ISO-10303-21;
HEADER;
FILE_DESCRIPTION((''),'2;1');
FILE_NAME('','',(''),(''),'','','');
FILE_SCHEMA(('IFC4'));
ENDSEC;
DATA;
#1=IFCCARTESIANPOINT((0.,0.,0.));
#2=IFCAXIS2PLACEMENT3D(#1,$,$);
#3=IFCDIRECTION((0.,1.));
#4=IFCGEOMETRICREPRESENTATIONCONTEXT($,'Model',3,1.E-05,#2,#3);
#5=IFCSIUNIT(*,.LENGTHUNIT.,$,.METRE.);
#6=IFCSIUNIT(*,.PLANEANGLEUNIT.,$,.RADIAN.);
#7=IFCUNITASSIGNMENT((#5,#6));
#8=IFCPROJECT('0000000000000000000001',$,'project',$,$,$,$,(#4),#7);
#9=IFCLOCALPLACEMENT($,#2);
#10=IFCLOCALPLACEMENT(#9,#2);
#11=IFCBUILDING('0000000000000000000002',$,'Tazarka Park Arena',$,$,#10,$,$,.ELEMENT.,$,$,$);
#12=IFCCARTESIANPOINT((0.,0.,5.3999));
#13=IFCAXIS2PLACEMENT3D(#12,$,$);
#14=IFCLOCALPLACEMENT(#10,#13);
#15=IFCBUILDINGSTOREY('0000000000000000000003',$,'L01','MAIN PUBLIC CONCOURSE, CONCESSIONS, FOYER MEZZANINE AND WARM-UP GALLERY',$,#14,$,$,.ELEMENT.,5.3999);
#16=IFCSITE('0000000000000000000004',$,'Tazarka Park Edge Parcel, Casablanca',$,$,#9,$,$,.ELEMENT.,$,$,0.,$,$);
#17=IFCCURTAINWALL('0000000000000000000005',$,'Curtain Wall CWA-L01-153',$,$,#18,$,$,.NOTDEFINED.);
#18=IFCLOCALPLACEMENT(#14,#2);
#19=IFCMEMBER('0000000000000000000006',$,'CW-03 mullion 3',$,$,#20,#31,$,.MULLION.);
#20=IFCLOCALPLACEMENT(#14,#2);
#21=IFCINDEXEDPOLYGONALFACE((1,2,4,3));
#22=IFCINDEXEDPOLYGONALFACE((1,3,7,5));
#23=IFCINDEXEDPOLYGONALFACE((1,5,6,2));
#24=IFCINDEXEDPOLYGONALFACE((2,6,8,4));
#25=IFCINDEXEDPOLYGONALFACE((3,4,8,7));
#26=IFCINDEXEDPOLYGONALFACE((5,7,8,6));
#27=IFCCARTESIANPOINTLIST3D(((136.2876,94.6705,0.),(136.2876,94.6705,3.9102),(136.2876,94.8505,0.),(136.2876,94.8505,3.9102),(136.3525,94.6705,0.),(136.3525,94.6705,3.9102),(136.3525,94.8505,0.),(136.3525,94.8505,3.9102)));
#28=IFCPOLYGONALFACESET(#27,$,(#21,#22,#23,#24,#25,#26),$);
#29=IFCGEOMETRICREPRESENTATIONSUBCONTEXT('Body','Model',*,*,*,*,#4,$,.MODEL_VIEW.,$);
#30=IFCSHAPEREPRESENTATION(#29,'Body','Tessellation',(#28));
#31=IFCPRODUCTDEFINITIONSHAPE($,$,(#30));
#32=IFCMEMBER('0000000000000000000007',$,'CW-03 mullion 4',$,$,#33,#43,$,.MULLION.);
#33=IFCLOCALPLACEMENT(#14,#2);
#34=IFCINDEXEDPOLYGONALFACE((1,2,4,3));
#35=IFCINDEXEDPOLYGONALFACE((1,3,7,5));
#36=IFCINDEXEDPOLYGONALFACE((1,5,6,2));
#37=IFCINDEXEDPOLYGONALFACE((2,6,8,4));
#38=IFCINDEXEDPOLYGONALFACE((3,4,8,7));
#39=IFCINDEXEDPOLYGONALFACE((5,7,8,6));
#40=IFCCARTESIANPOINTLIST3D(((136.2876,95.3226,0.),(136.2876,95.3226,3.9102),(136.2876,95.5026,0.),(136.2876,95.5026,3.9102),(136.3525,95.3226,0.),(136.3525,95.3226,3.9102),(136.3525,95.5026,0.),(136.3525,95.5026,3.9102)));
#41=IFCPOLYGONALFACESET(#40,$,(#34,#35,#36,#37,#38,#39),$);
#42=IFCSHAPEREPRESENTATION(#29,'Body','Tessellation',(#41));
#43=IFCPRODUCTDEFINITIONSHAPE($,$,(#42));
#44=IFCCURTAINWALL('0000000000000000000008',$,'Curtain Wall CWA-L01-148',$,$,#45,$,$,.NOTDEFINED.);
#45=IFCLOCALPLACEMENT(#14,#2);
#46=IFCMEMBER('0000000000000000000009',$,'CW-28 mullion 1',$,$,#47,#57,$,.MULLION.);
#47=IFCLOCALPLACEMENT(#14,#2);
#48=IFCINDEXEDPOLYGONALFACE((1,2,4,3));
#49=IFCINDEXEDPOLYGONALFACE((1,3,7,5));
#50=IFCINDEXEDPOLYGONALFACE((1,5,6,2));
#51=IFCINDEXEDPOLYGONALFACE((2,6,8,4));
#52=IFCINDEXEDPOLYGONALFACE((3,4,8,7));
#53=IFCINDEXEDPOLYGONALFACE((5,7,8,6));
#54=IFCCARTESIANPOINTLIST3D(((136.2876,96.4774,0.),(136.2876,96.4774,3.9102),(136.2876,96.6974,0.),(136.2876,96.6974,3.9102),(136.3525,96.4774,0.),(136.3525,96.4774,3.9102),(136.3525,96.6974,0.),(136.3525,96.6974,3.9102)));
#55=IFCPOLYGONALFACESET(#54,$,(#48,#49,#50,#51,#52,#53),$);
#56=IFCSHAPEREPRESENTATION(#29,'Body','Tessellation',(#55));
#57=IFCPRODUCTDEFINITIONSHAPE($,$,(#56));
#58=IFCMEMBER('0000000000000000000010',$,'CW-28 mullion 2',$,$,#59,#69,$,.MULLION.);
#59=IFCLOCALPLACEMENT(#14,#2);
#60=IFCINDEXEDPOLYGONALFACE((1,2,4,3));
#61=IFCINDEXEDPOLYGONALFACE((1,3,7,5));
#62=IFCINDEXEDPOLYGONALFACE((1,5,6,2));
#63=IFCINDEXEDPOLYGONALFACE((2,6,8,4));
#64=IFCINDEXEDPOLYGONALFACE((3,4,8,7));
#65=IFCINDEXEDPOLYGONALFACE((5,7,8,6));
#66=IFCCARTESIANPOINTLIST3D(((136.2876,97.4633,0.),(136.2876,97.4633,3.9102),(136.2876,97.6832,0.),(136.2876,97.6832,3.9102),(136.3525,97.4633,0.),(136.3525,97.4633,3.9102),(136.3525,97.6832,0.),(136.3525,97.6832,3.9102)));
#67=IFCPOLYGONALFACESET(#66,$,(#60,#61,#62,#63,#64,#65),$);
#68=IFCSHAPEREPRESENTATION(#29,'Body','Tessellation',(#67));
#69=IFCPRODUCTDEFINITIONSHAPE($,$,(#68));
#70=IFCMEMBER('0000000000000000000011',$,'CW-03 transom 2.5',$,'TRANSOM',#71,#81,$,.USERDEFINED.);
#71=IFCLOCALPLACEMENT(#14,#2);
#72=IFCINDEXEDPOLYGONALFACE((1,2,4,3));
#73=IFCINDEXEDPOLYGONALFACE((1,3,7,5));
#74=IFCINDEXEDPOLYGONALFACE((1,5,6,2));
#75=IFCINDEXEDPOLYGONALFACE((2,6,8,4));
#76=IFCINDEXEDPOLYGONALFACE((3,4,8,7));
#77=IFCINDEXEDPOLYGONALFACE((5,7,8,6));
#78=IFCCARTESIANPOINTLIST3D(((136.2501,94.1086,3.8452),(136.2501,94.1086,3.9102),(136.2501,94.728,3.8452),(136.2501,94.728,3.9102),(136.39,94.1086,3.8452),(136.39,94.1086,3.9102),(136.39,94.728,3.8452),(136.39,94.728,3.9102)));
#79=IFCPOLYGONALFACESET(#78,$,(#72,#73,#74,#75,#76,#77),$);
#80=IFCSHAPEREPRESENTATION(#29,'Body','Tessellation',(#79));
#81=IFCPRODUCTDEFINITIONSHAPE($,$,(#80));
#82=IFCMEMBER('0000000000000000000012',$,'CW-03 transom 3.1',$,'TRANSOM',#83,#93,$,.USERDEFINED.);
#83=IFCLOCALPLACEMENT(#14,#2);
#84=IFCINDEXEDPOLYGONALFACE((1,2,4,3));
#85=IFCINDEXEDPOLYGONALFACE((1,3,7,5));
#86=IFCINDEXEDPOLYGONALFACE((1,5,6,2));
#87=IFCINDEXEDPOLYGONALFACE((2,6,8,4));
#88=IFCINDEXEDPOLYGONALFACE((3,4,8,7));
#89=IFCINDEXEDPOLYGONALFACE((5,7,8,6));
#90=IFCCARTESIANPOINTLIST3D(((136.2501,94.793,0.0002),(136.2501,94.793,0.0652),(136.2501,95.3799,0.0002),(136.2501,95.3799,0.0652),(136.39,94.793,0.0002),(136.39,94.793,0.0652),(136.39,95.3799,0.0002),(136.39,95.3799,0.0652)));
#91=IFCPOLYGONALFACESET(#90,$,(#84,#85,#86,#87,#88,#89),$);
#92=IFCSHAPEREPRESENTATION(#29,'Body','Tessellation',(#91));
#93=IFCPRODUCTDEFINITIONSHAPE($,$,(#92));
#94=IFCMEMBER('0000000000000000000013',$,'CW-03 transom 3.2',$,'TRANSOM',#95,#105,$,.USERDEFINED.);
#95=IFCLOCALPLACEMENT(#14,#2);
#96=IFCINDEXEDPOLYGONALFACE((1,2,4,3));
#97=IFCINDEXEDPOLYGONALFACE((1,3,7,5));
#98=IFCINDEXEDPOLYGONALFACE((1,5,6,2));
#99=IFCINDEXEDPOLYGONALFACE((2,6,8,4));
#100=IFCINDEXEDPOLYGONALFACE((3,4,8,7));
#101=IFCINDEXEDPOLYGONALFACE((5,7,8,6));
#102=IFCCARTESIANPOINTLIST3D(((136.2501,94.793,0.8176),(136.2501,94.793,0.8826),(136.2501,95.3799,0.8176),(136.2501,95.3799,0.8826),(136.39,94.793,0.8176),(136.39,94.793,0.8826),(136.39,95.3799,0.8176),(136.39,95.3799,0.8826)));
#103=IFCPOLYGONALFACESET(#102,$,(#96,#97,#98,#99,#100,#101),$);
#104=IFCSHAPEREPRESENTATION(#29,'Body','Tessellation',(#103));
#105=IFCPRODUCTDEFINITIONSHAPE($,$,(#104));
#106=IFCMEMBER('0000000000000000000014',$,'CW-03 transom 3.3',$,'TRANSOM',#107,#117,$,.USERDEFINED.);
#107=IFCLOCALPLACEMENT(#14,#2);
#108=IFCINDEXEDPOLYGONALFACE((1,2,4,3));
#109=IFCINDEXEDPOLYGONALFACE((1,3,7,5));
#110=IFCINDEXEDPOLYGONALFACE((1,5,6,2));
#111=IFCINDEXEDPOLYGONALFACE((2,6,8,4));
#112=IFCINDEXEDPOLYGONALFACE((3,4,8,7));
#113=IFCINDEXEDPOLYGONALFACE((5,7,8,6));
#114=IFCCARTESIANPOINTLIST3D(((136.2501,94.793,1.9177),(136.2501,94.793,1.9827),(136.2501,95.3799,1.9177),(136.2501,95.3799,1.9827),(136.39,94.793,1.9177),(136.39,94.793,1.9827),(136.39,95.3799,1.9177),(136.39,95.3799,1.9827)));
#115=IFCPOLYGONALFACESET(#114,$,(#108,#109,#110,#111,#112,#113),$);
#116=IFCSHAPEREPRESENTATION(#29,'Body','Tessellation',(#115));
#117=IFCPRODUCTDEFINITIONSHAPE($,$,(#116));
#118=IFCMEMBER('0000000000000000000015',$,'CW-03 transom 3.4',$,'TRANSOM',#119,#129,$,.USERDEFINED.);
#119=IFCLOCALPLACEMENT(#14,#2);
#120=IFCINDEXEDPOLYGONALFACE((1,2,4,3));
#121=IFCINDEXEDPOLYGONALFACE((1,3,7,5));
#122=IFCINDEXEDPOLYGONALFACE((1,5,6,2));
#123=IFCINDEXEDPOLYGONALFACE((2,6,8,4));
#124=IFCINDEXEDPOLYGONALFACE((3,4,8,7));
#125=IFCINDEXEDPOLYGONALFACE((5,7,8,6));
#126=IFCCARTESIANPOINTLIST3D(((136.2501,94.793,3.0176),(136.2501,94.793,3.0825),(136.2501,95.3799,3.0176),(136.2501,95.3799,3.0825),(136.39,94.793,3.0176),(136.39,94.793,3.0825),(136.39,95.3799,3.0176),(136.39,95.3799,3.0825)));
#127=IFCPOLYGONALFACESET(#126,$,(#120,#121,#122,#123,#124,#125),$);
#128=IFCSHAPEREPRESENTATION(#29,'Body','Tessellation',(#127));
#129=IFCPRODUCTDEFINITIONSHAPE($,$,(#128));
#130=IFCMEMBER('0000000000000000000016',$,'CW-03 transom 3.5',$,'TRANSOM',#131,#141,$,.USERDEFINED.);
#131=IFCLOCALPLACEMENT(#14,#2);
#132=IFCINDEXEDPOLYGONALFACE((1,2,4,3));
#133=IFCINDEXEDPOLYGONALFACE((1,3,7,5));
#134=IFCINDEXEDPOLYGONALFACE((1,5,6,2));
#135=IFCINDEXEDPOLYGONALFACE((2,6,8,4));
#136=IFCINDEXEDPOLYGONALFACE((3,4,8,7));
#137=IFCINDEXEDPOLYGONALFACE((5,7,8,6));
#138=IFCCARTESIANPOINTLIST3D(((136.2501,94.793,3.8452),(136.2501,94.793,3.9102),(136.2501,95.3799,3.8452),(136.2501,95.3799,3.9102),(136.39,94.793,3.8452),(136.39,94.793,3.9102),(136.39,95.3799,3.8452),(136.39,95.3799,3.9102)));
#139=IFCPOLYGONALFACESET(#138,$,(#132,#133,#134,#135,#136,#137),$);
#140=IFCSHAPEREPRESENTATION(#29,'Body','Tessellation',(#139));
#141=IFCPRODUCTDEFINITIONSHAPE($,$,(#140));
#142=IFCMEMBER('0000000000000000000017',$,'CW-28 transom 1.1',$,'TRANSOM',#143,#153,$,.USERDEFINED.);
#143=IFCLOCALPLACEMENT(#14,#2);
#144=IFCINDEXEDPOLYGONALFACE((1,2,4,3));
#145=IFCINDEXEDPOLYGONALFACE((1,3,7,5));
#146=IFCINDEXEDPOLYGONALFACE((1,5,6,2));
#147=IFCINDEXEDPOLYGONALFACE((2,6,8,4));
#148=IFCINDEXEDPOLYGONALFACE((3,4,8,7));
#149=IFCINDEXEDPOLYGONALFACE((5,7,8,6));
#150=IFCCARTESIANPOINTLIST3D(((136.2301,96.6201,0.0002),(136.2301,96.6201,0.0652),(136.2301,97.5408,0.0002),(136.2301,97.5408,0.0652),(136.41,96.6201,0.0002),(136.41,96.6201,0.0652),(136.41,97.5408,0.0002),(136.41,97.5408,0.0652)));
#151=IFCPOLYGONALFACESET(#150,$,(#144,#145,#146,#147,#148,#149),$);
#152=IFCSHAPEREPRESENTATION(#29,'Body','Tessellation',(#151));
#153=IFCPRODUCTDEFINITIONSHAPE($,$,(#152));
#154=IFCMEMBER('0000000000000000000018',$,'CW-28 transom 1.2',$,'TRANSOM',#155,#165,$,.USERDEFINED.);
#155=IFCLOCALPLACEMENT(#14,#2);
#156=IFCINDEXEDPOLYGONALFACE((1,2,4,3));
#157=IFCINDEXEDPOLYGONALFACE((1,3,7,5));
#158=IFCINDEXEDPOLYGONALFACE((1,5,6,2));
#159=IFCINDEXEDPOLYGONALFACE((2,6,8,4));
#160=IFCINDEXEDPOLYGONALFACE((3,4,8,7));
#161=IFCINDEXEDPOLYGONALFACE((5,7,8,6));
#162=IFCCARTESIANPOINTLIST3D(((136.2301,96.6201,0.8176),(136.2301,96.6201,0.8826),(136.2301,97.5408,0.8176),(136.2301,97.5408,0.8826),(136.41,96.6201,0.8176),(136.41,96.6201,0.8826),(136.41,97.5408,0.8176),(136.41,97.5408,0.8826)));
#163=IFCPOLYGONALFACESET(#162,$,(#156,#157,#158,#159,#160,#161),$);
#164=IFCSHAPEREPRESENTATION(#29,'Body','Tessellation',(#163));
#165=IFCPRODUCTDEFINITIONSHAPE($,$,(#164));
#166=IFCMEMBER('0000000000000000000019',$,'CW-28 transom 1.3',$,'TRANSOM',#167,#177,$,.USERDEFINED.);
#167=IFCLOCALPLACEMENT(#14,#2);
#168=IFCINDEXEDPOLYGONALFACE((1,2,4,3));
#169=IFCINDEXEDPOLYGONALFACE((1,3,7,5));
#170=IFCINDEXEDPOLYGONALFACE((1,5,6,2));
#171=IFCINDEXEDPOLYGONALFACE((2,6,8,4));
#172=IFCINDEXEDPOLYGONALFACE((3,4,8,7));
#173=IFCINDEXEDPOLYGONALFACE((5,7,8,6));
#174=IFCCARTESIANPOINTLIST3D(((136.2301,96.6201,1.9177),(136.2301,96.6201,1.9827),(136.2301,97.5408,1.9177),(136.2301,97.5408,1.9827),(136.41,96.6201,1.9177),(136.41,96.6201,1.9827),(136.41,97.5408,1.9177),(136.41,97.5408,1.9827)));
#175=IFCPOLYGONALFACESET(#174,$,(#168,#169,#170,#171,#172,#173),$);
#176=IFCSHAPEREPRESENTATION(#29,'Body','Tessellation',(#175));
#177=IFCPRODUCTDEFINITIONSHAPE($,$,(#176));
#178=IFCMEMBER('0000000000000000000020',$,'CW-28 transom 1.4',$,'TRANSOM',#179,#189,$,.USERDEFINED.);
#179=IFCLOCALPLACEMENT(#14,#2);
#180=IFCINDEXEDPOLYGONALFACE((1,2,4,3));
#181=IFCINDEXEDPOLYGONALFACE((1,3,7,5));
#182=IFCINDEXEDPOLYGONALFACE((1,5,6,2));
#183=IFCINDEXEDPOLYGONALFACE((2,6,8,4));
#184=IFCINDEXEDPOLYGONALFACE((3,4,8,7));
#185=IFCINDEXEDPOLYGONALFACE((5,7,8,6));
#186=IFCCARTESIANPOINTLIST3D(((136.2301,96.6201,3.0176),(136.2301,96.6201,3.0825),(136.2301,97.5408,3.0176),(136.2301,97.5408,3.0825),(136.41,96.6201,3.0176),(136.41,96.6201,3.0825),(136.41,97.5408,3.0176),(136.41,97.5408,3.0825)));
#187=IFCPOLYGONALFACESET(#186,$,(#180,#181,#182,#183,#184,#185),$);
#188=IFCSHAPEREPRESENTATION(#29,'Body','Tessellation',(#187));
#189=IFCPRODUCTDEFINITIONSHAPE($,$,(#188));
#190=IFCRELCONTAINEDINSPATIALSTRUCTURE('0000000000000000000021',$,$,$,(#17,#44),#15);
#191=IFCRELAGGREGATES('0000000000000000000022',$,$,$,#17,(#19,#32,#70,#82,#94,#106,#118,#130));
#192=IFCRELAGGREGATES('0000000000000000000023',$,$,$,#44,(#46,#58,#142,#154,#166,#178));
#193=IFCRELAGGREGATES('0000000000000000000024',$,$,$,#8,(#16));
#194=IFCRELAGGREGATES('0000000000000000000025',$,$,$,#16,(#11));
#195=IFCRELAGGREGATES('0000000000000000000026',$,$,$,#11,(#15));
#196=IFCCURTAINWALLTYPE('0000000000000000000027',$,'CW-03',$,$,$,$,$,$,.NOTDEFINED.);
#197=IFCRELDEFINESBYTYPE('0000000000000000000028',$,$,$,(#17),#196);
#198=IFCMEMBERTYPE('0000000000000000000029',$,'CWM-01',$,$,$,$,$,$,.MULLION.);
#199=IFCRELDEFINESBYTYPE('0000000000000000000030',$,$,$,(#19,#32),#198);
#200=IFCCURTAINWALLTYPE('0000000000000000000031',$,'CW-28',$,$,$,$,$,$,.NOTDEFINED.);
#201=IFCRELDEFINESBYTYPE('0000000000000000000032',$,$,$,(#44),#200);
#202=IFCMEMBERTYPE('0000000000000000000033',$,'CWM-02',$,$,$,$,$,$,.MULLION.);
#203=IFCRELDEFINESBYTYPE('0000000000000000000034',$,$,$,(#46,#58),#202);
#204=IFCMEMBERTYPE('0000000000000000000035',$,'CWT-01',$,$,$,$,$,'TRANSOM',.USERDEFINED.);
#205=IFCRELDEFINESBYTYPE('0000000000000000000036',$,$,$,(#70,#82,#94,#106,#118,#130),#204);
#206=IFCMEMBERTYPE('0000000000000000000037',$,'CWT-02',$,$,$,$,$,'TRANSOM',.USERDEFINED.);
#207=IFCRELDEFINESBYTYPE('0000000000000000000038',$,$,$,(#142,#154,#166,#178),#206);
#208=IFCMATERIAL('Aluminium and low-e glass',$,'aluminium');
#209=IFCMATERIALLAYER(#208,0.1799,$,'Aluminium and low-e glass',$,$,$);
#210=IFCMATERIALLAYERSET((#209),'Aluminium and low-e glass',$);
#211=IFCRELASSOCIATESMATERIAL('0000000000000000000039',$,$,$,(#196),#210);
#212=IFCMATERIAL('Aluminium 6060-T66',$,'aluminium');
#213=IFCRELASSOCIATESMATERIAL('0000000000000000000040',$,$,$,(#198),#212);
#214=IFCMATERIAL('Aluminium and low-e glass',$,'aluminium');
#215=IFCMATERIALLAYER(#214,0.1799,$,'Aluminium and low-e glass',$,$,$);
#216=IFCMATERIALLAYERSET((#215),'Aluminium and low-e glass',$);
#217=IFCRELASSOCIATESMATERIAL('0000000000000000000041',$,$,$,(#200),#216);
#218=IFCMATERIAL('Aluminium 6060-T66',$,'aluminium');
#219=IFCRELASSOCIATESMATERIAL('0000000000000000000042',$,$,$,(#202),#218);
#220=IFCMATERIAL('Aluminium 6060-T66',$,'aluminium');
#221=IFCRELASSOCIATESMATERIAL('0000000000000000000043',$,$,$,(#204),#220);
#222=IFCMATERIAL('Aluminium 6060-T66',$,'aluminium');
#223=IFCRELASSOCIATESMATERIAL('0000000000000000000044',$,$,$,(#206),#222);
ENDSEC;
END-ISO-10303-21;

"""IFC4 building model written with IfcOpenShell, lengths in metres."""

from ifc_helpers import new_model, si_unit, direction, frame, origin, origin_2d, place, context, subcontext, project, spatial, rectangle, extrude, material, layer, layer_set, material_profile, profile_set, type_object, element, aggregate, save


model = new_model("IFC4")

# Units and contexts
model_context = context("Model", 3, precision=1e-05, world=origin(), true_north=direction((0.0, 1.0)))
body_context = subcontext(model_context, "Body", "Model", "MODEL_VIEW")
ifc_project = project(units=[si_unit("LENGTHUNIT", "METRE"), si_unit("PLANEANGLEUNIT", "RADIAN")], contexts=[model_context])

# Site, building, storey
site_placement = place(None, origin())
site = spatial("IfcSite", under=ifc_project, at=site_placement, Name="Tazarka Park Edge Parcel, Casablanca", CompositionType="ELEMENT", RefElevation=0.0)
building_placement = place(site_placement, origin())
building = spatial("IfcBuilding", under=site, at=building_placement, Name="Tazarka Park Arena", CompositionType="ELEMENT")
storey_placement = place(building_placement, frame((0.0, 0.0, 5.3999)))
storey = spatial("IfcBuildingStorey", under=building, at=storey_placement, Name="L01", Description="MAIN PUBLIC CONCOURSE, CONCESSIONS, FOYER MEZZANINE AND WARM-UP GALLERY", CompositionType="ELEMENT", Elevation=5.3999)

# Curtain walls, members
ifc_material_1 = material(Name="Aluminium and low-e glass", Category="aluminium")
ifc_layer_1 = layer(ifc_material_1, 0.1799, Name="Aluminium and low-e glass")
ifc_layer_set_1 = layer_set([ifc_layer_1], Name="Aluminium and low-e glass")
curtain_wall_type_1 = type_object("IfcCurtainWallType", Name="CW-03", PredefinedType="NOTDEFINED", material=ifc_layer_set_1)
curtain_wall_1_placement = place(storey_placement, origin())
curtain_wall_1 = element("IfcCurtainWall", 1, at=curtain_wall_1_placement, inside=storey, type_object=curtain_wall_type_1, Name="Curtain Wall CWA-L01-153", PredefinedType="NOTDEFINED")
ifc_material_2 = material(Name="Aluminium 6060-T66", Category="aluminium")
ifc_material_profile_1 = material_profile(ifc_material_2, rectangle(XDim=0.0649, YDim=0.1799, at=origin_2d()), Name="Aluminium 6060-T66")
ifc_profile_set_1 = profile_set([ifc_material_profile_1], Name="Aluminium 6060-T66")
member_type_1 = type_object("IfcMemberType", Name="CWM-01", PredefinedType="MULLION", material=ifc_profile_set_1)
member_1_placement = place(storey_placement, frame((136.3201, 94.7605, 0.0), z_axis=(0.0, 0.0, 1.0), x_axis=(-1.0, 0.0, 0.0)))
member_1 = element("IfcMember", 2, at=member_1_placement, type_object=member_type_1, Name="CW-03 mullion 3", PredefinedType="MULLION", context=body_context, shape_type="SweptSolid", body=[
    extrude(rectangle(XDim=0.0649, YDim=0.1799, at=origin_2d()), origin(), (0.0, 0.0, 1.0), 3.9102),
])
member_2_placement = place(storey_placement, frame((136.3201, 95.4126, 0.0), z_axis=(0.0, 0.0, 1.0), x_axis=(-1.0, 0.0, 0.0)))
member_2 = element("IfcMember", 3, at=member_2_placement, type_object=member_type_1, Name="CW-03 mullion 4", PredefinedType="MULLION", context=body_context, shape_type="SweptSolid", body=[
    extrude(rectangle(XDim=0.0649, YDim=0.1799, at=origin_2d()), origin(), (0.0, 0.0, 1.0), 3.9102),
])
ifc_material_3 = material(Name="Aluminium and low-e glass", Category="aluminium")
ifc_layer_2 = layer(ifc_material_3, 0.1799, Name="Aluminium and low-e glass")
ifc_layer_set_2 = layer_set([ifc_layer_2], Name="Aluminium and low-e glass")
curtain_wall_type_2 = type_object("IfcCurtainWallType", Name="CW-28", PredefinedType="NOTDEFINED", material=ifc_layer_set_2)
curtain_wall_2_placement = place(storey_placement, origin())
curtain_wall_2 = element("IfcCurtainWall", 4, at=curtain_wall_2_placement, inside=storey, type_object=curtain_wall_type_2, Name="Curtain Wall CWA-L01-148", PredefinedType="NOTDEFINED")
ifc_material_4 = material(Name="Aluminium 6060-T66", Category="aluminium")
ifc_material_profile_2 = material_profile(ifc_material_4, rectangle(XDim=0.0649, YDim=0.22, at=origin_2d()), Name="Aluminium 6060-T66")
ifc_profile_set_2 = profile_set([ifc_material_profile_2], Name="Aluminium 6060-T66")
member_type_2 = type_object("IfcMemberType", Name="CWM-02", PredefinedType="MULLION", material=ifc_profile_set_2)
member_3_placement = place(storey_placement, frame((136.3201, 96.5874, 0.0), z_axis=(0.0, 0.0, 1.0), x_axis=(-1.0, 0.0, 0.0)))
member_3 = element("IfcMember", 5, at=member_3_placement, type_object=member_type_2, Name="CW-28 mullion 1", PredefinedType="MULLION", context=body_context, shape_type="SweptSolid", body=[
    extrude(rectangle(XDim=0.0649, YDim=0.22, at=origin_2d()), origin(), (0.0, 0.0, 1.0), 3.9102),
])
member_4_placement = place(storey_placement, frame((136.3201, 97.5732, 0.0), z_axis=(0.0, 0.0, 1.0), x_axis=(-1.0, 0.0, 0.0)))
member_4 = element("IfcMember", 6, at=member_4_placement, type_object=member_type_2, Name="CW-28 mullion 2", PredefinedType="MULLION", context=body_context, shape_type="SweptSolid", body=[
    extrude(rectangle(XDim=0.0649, YDim=0.22, at=origin_2d()), origin(), (0.0, 0.0, 1.0), 3.9102),
])

# Members
ifc_material_5 = material(Name="Aluminium 6060-T66", Category="aluminium")
ifc_material_profile_3 = material_profile(ifc_material_5, rectangle(XDim=0.1399, YDim=0.0649, at=origin_2d()), Name="Aluminium 6060-T66")
ifc_profile_set_3 = profile_set([ifc_material_profile_3], Name="Aluminium 6060-T66")
member_type_3 = type_object("IfcMemberType", Name="CWT-01", ElementType="TRANSOM", PredefinedType="USERDEFINED", material=ifc_profile_set_3)
member_5_placement = place(storey_placement, frame((136.3201, 94.1086, 3.8777), z_axis=(0.0, 1.0, 0.0), x_axis=(-1.0, 0.0, 0.0)))
member_5 = element("IfcMember", 7, at=member_5_placement, type_object=member_type_3, Name="CW-03 transom 2.5", ObjectType="TRANSOM", PredefinedType="USERDEFINED", context=body_context, shape_type="SweptSolid", body=[
    extrude(rectangle(XDim=0.1399, YDim=0.0649, at=origin_2d()), origin(), (0.0, 0.0, 1.0), 0.6194),
])
member_6_placement = place(storey_placement, frame((136.3201, 94.793, 0.0327), z_axis=(0.0, 1.0, 0.0), x_axis=(-1.0, 0.0, 0.0)))
member_6 = element("IfcMember", 8, at=member_6_placement, type_object=member_type_3, Name="CW-03 transom 3.1", ObjectType="TRANSOM", PredefinedType="USERDEFINED", context=body_context, shape_type="SweptSolid", body=[
    extrude(rectangle(XDim=0.1399, YDim=0.0649, at=origin_2d()), origin(), (0.0, 0.0, 1.0), 0.5869),
])
member_7_placement = place(storey_placement, frame((136.3201, 94.793, 0.8501), z_axis=(0.0, 1.0, 0.0), x_axis=(-1.0, 0.0, 0.0)))
member_7 = element("IfcMember", 9, at=member_7_placement, type_object=member_type_3, Name="CW-03 transom 3.2", ObjectType="TRANSOM", PredefinedType="USERDEFINED", context=body_context, shape_type="SweptSolid", body=[
    extrude(rectangle(XDim=0.1399, YDim=0.0649, at=origin_2d()), origin(), (0.0, 0.0, 1.0), 0.5869),
])
member_8_placement = place(storey_placement, frame((136.3201, 94.793, 1.9502), z_axis=(0.0, 1.0, 0.0), x_axis=(-1.0, 0.0, 0.0)))
member_8 = element("IfcMember", 10, at=member_8_placement, type_object=member_type_3, Name="CW-03 transom 3.3", ObjectType="TRANSOM", PredefinedType="USERDEFINED", context=body_context, shape_type="SweptSolid", body=[
    extrude(rectangle(XDim=0.1399, YDim=0.0649, at=origin_2d()), origin(), (0.0, 0.0, 1.0), 0.5869),
])
member_9_placement = place(storey_placement, frame((136.3201, 94.793, 3.05), z_axis=(0.0, 1.0, 0.0), x_axis=(-1.0, 0.0, 0.0)))
member_9 = element("IfcMember", 11, at=member_9_placement, type_object=member_type_3, Name="CW-03 transom 3.4", ObjectType="TRANSOM", PredefinedType="USERDEFINED", context=body_context, shape_type="SweptSolid", body=[
    extrude(rectangle(XDim=0.1399, YDim=0.0649, at=origin_2d()), origin(), (0.0, 0.0, 1.0), 0.5869),
])
member_10_placement = place(storey_placement, frame((136.3201, 94.793, 3.8777), z_axis=(0.0, 1.0, 0.0), x_axis=(-1.0, 0.0, 0.0)))
member_10 = element("IfcMember", 12, at=member_10_placement, type_object=member_type_3, Name="CW-03 transom 3.5", ObjectType="TRANSOM", PredefinedType="USERDEFINED", context=body_context, shape_type="SweptSolid", body=[
    extrude(rectangle(XDim=0.1399, YDim=0.0649, at=origin_2d()), origin(), (0.0, 0.0, 1.0), 0.5869),
])
ifc_material_6 = material(Name="Aluminium 6060-T66", Category="aluminium")
ifc_material_profile_4 = material_profile(ifc_material_6, rectangle(XDim=0.1799, YDim=0.0649, at=origin_2d()), Name="Aluminium 6060-T66")
ifc_profile_set_4 = profile_set([ifc_material_profile_4], Name="Aluminium 6060-T66")
member_type_4 = type_object("IfcMemberType", Name="CWT-02", ElementType="TRANSOM", PredefinedType="USERDEFINED", material=ifc_profile_set_4)
member_11_placement = place(storey_placement, frame((136.3201, 96.6201, 0.0327), z_axis=(0.0, 1.0, 0.0), x_axis=(-1.0, 0.0, 0.0)))
member_11 = element("IfcMember", 13, at=member_11_placement, type_object=member_type_4, Name="CW-28 transom 1.1", ObjectType="TRANSOM", PredefinedType="USERDEFINED", context=body_context, shape_type="SweptSolid", body=[
    extrude(rectangle(XDim=0.1799, YDim=0.0649, at=origin_2d()), origin(), (0.0, 0.0, 1.0), 0.9207),
])
member_12_placement = place(storey_placement, frame((136.3201, 96.6201, 0.8501), z_axis=(0.0, 1.0, 0.0), x_axis=(-1.0, 0.0, 0.0)))
member_12 = element("IfcMember", 14, at=member_12_placement, type_object=member_type_4, Name="CW-28 transom 1.2", ObjectType="TRANSOM", PredefinedType="USERDEFINED", context=body_context, shape_type="SweptSolid", body=[
    extrude(rectangle(XDim=0.1799, YDim=0.0649, at=origin_2d()), origin(), (0.0, 0.0, 1.0), 0.9207),
])
member_13_placement = place(storey_placement, frame((136.3201, 96.6201, 1.9502), z_axis=(0.0, 1.0, 0.0), x_axis=(-1.0, 0.0, 0.0)))
member_13 = element("IfcMember", 15, at=member_13_placement, type_object=member_type_4, Name="CW-28 transom 1.3", ObjectType="TRANSOM", PredefinedType="USERDEFINED", context=body_context, shape_type="SweptSolid", body=[
    extrude(rectangle(XDim=0.1799, YDim=0.0649, at=origin_2d()), origin(), (0.0, 0.0, 1.0), 0.9207),
])
member_14_placement = place(storey_placement, frame((136.3201, 96.6201, 3.05), z_axis=(0.0, 1.0, 0.0), x_axis=(-1.0, 0.0, 0.0)))
member_14 = element("IfcMember", 16, at=member_14_placement, type_object=member_type_4, Name="CW-28 transom 1.4", ObjectType="TRANSOM", PredefinedType="USERDEFINED", context=body_context, shape_type="SweptSolid", body=[
    extrude(rectangle(XDim=0.1799, YDim=0.0649, at=origin_2d()), origin(), (0.0, 0.0, 1.0), 0.9207),
])

aggregate(curtain_wall_1, [member_1, member_2, member_5, member_6, member_7, member_8, member_9, member_10])
aggregate(curtain_wall_2, [member_3, member_4, member_11, member_12, member_13, member_14])

save(model, "model.ifc")
